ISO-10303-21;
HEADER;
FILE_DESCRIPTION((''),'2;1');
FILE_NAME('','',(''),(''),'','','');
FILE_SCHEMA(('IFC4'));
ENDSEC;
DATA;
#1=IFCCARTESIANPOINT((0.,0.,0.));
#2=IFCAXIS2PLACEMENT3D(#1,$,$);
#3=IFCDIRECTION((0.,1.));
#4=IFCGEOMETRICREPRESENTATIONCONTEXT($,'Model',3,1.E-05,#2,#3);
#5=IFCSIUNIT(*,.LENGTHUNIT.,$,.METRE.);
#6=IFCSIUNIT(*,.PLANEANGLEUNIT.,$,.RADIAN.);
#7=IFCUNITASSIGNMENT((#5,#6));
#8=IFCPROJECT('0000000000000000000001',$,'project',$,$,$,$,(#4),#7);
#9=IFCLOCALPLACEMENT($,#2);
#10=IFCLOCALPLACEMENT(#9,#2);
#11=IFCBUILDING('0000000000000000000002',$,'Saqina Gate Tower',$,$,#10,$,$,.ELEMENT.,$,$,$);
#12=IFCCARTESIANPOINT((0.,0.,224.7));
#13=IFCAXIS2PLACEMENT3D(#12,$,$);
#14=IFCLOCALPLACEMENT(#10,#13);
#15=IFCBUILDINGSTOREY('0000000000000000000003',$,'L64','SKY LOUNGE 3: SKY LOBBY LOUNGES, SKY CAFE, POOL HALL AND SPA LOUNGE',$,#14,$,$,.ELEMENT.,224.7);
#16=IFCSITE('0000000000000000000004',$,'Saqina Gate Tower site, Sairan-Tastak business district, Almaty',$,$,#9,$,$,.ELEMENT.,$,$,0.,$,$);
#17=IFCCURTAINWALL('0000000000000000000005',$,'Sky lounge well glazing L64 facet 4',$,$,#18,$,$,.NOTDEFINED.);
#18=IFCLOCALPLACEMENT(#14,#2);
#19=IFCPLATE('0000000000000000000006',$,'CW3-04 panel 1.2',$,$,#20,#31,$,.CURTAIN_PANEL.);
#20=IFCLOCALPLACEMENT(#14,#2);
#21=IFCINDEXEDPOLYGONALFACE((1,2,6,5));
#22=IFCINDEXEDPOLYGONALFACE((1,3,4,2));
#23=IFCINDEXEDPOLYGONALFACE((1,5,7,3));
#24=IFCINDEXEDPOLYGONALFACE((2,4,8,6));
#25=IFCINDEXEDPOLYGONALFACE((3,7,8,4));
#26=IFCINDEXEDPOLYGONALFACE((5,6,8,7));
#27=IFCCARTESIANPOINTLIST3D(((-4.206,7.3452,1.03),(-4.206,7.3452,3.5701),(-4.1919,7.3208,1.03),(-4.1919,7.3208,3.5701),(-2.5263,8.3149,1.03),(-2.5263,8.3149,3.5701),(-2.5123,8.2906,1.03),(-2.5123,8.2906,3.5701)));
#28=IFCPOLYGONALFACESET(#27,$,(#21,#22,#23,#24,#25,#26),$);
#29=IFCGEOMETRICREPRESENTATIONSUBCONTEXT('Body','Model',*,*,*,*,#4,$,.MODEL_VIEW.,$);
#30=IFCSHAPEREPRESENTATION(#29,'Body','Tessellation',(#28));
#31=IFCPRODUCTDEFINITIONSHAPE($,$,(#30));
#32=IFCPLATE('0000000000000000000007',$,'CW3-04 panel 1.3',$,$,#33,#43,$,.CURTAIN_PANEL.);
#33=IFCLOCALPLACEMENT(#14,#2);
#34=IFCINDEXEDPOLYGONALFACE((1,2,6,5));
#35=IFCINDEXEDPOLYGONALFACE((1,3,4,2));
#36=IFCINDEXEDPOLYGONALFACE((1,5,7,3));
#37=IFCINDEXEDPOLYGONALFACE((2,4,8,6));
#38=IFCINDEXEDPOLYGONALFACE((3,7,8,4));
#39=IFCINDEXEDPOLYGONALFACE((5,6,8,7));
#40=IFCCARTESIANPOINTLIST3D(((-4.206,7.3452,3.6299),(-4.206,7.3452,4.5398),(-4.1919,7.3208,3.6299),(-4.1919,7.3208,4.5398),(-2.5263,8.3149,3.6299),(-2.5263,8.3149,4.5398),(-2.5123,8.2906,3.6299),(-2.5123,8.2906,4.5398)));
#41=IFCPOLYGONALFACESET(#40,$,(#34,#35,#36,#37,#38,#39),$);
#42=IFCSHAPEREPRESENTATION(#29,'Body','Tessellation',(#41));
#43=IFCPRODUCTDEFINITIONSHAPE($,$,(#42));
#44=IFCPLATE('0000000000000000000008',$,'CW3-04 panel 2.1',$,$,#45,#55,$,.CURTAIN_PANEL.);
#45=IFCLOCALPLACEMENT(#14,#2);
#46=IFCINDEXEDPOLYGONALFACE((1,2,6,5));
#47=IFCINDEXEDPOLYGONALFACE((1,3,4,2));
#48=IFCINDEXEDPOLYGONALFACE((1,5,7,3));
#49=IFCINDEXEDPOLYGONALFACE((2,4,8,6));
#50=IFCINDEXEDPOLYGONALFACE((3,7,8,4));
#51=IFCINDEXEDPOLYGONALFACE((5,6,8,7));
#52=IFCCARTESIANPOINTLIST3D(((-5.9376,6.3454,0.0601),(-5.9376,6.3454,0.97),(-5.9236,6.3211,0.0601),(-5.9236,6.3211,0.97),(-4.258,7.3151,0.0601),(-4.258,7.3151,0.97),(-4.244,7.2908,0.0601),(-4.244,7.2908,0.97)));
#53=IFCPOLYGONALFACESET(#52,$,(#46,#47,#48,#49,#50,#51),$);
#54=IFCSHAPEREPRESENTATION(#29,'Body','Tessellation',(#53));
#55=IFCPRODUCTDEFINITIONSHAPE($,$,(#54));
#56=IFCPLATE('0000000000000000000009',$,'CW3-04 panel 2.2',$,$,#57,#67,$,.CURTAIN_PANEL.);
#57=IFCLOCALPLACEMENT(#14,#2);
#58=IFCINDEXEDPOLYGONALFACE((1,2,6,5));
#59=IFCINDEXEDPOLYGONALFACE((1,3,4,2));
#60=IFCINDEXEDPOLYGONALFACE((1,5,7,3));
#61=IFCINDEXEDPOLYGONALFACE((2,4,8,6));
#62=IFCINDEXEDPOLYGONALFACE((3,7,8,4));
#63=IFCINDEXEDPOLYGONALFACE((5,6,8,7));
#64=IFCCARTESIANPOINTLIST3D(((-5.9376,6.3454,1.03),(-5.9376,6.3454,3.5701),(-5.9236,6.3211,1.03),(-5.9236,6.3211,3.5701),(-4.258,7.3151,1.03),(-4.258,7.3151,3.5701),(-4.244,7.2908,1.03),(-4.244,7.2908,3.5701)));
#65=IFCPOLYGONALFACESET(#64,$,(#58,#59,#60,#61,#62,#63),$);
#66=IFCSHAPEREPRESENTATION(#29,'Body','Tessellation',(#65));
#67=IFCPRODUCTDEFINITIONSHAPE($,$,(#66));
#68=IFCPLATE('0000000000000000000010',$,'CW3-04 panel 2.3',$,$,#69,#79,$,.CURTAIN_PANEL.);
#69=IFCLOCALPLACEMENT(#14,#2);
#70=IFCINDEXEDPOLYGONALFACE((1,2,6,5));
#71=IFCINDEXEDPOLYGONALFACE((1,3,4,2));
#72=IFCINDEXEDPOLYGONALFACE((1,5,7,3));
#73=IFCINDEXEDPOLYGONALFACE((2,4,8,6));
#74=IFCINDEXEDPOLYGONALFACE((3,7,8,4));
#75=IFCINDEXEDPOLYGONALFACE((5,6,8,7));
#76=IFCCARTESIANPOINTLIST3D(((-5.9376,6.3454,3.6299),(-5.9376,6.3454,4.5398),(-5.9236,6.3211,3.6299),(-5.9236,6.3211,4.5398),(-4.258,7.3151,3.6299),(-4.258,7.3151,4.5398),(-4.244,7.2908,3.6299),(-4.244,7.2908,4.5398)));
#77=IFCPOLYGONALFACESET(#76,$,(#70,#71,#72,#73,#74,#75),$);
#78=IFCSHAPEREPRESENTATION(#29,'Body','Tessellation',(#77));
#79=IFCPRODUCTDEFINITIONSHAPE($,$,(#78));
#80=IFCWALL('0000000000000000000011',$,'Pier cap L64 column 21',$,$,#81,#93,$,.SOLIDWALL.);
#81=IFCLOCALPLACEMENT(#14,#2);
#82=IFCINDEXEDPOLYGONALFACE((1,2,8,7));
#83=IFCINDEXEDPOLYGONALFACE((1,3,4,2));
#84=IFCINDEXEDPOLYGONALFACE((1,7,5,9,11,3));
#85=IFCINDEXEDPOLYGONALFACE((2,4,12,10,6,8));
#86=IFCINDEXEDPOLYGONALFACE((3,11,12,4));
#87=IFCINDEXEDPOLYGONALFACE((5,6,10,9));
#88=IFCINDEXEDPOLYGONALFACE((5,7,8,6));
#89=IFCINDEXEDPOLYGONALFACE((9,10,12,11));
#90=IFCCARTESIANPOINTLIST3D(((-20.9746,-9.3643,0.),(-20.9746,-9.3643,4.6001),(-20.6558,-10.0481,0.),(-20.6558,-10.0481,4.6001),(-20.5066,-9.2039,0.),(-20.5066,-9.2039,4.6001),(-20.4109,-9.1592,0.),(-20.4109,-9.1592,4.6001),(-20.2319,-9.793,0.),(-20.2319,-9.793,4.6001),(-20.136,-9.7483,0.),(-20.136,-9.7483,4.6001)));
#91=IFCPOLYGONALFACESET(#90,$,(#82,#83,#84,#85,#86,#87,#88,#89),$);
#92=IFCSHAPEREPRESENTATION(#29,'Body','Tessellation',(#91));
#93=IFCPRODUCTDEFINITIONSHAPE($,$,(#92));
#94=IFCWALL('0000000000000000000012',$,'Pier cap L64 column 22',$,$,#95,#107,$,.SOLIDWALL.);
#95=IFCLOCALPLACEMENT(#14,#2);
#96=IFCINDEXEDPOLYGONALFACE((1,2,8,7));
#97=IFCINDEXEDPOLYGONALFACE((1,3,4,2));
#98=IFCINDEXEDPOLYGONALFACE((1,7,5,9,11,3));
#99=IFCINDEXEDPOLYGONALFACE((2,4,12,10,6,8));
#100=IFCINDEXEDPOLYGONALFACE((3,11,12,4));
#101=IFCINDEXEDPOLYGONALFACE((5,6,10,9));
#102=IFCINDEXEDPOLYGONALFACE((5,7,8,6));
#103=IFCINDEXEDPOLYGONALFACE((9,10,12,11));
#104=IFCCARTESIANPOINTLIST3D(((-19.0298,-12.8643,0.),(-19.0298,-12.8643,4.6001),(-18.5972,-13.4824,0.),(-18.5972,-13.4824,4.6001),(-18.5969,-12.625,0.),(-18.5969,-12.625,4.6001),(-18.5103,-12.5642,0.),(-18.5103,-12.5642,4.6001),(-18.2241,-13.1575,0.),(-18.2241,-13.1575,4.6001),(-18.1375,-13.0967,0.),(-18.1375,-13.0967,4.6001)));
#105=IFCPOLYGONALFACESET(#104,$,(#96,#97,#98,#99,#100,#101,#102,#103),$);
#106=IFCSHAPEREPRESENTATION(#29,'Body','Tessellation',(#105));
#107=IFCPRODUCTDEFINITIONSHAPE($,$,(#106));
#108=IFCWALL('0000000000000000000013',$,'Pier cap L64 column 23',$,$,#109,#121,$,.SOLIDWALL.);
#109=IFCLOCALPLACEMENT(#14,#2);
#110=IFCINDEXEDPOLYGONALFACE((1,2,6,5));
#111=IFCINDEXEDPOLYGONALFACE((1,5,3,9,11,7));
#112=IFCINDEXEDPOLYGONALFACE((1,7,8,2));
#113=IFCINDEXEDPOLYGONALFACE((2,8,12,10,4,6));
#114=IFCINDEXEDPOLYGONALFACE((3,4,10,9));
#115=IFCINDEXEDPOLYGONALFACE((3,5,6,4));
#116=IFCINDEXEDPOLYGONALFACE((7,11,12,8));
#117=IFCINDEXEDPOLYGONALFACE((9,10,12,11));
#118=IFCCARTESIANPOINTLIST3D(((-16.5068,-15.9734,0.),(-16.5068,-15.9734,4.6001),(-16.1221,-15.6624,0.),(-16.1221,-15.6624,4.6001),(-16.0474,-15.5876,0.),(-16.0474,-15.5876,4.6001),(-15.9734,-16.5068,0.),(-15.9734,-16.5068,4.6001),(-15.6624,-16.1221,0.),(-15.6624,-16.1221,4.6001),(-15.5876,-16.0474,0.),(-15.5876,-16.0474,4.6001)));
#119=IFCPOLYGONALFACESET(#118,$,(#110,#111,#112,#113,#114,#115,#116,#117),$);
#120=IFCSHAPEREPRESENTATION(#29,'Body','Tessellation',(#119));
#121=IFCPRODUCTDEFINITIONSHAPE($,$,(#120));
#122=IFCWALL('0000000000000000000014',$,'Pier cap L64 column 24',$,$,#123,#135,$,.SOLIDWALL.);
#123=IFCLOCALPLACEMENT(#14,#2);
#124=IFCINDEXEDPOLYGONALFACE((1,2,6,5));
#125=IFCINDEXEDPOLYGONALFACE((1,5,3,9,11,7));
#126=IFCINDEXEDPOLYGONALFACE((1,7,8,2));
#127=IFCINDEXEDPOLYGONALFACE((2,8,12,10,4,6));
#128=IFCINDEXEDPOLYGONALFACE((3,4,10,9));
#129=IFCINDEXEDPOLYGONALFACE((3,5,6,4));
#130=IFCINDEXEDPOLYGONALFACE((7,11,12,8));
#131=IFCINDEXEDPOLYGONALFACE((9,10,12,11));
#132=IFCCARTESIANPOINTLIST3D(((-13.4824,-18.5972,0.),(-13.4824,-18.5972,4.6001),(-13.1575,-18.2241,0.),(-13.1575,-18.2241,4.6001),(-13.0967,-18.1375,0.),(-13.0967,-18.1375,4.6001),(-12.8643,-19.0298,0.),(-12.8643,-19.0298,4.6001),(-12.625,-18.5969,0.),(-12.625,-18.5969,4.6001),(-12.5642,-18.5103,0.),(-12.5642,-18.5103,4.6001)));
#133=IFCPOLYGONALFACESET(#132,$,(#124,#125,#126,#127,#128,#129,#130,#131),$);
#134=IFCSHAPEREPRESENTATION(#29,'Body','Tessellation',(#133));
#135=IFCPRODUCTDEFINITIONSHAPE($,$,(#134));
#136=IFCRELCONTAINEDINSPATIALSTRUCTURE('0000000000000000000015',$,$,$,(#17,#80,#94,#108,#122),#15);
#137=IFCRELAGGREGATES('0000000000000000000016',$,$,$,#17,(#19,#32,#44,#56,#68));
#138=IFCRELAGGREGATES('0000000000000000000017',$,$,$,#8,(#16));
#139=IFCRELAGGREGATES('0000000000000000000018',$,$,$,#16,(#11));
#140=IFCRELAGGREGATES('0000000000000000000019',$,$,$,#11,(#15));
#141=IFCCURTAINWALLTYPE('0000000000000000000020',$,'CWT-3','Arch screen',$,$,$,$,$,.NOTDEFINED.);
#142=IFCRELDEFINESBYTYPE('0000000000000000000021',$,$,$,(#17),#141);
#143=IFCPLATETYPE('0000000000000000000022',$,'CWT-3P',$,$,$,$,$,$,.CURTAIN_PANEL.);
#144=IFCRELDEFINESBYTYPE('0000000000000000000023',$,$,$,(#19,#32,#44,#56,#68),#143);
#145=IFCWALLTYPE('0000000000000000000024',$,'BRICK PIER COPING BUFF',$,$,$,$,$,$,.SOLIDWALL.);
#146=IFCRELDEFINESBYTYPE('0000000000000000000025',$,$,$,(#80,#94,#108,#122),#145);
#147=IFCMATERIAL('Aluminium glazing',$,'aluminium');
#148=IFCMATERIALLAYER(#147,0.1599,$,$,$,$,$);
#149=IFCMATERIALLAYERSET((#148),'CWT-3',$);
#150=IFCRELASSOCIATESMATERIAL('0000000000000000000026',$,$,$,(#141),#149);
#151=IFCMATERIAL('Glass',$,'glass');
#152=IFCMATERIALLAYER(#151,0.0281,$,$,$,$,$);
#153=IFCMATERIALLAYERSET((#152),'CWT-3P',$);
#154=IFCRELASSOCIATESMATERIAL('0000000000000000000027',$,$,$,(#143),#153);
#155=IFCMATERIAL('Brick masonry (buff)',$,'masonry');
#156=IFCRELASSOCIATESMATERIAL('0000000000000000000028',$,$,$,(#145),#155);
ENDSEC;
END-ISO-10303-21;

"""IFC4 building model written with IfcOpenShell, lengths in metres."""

from ifc_helpers import new_model, si_unit, direction, frame, origin, origin_2d, place, context, subcontext, project, spatial, polyline, rectangle, outline, extrude, material, layer, layer_set, type_object, element, aggregate, save


model = new_model("IFC4")

# Units and contexts
model_context = context("Model", 3, precision=1e-05, world=origin(), true_north=direction((0.0, 1.0)))
body_context = subcontext(model_context, "Body", "Model", "MODEL_VIEW")
ifc_project = project(units=[si_unit("LENGTHUNIT", "METRE"), si_unit("PLANEANGLEUNIT", "RADIAN")], contexts=[model_context])

# Site, building, storey
site_placement = place(None, origin())
site = spatial("IfcSite", under=ifc_project, at=site_placement, Name="Saqina Gate Tower site, Sairan-Tastak business district, Almaty", CompositionType="ELEMENT", RefElevation=0.0)
building_placement = place(site_placement, origin())
building = spatial("IfcBuilding", under=site, at=building_placement, Name="Saqina Gate Tower", CompositionType="ELEMENT")
storey_placement = place(building_placement, frame((0.0, 0.0, 224.7)))
storey = spatial("IfcBuildingStorey", under=building, at=storey_placement, Name="L64", Description="SKY LOUNGE 3: SKY LOBBY LOUNGES, SKY CAFE, POOL HALL AND SPA LOUNGE", CompositionType="ELEMENT", Elevation=224.7)

# Curtain wall
ifc_material_1 = material(Name="Aluminium glazing", Category="aluminium")
ifc_layer_1 = layer(ifc_material_1, 0.1599)
ifc_layer_set_1 = layer_set([ifc_layer_1], Name="CWT-3")
curtain_wall_type = type_object("IfcCurtainWallType", Name="CWT-3", Description="Arch screen", PredefinedType="NOTDEFINED", material=ifc_layer_set_1)
curtain_wall_1_placement = place(storey_placement, origin())
curtain_wall_1 = element("IfcCurtainWall", 1, at=curtain_wall_1_placement, inside=storey, type_object=curtain_wall_type, Name="Sky lounge well glazing L64 facet 4", PredefinedType="NOTDEFINED")

# Plates
ifc_material_2 = material(Name="Glass", Category="glass")
ifc_layer_2 = layer(ifc_material_2, 0.0281)
ifc_layer_set_2 = layer_set([ifc_layer_2], Name="CWT-3P")
plate_type = type_object("IfcPlateType", Name="CWT-3P", PredefinedType="CURTAIN_PANEL", material=ifc_layer_set_2)
plate_1_placement = place(storey_placement, frame((-3.3591, 7.8179, 1.03), z_axis=(0.0, 0.0, 1.0), x_axis=(-0.866024, -0.500003, 0.0)))
plate_1 = element("IfcPlate", 2, at=plate_1_placement, type_object=plate_type, Name="CW3-04 panel 1.2", PredefinedType="CURTAIN_PANEL", context=body_context, shape_type="SweptSolid", body=[
    extrude(rectangle(XDim=1.9395, YDim=0.0281, at=origin_2d()), origin(), (0.0, 0.0, 1.0), 2.54),
])
plate_2_placement = place(storey_placement, frame((-3.3591, 7.8179, 3.6299), z_axis=(0.0, 0.0, 1.0), x_axis=(-0.866024, -0.500003, 0.0)))
plate_2 = element("IfcPlate", 3, at=plate_2_placement, type_object=plate_type, Name="CW3-04 panel 1.3", PredefinedType="CURTAIN_PANEL", context=body_context, shape_type="SweptSolid", body=[
    extrude(rectangle(XDim=1.9395, YDim=0.0281, at=origin_2d()), origin(), (0.0, 0.0, 1.0), 0.9099),
])
plate_3_placement = place(storey_placement, frame((-5.0908, 6.8181, 0.0601), z_axis=(0.0, 0.0, 1.0), x_axis=(-0.866024, -0.500003, 0.0)))
plate_3 = element("IfcPlate", 4, at=plate_3_placement, type_object=plate_type, Name="CW3-04 panel 2.1", PredefinedType="CURTAIN_PANEL", context=body_context, shape_type="SweptSolid", body=[
    extrude(rectangle(XDim=1.9395, YDim=0.0281, at=origin_2d()), origin(), (0.0, 0.0, 1.0), 0.9099),
])
plate_4_placement = place(storey_placement, frame((-5.0908, 6.8181, 1.03), z_axis=(0.0, 0.0, 1.0), x_axis=(-0.866024, -0.500003, 0.0)))
plate_4 = element("IfcPlate", 5, at=plate_4_placement, type_object=plate_type, Name="CW3-04 panel 2.2", PredefinedType="CURTAIN_PANEL", context=body_context, shape_type="SweptSolid", body=[
    extrude(rectangle(XDim=1.9395, YDim=0.0281, at=origin_2d()), origin(), (0.0, 0.0, 1.0), 2.54),
])
plate_5_placement = place(storey_placement, frame((-5.0908, 6.8181, 3.6299), z_axis=(0.0, 0.0, 1.0), x_axis=(-0.866024, -0.500003, 0.0)))
plate_5 = element("IfcPlate", 6, at=plate_5_placement, type_object=plate_type, Name="CW3-04 panel 2.3", PredefinedType="CURTAIN_PANEL", context=body_context, shape_type="SweptSolid", body=[
    extrude(rectangle(XDim=1.9395, YDim=0.0281, at=origin_2d()), origin(), (0.0, 0.0, 1.0), 0.9099),
])
aggregate(curtain_wall_1, [plate_1, plate_2, plate_3, plate_4, plate_5])

# Walls
ifc_material_3 = material(Name="Brick masonry (buff)", Category="masonry")
wall_type = type_object("IfcWallType", Name="BRICK PIER COPING BUFF", PredefinedType="SOLIDWALL", material=ifc_material_3)
wall_1_placement = place(storey_placement, origin())
element("IfcWall", 7, at=wall_1_placement, inside=storey, type_object=wall_type, Name="Pier cap L64 column 21", PredefinedType="SOLIDWALL", context=body_context, shape_type="SweptSolid", body=[
    extrude(outline(polyline([(-20.9746, -9.3643), (-20.6558, -10.0481), (-20.136, -9.7483), (-20.2319, -9.793), (-20.5066, -9.2039), (-20.4109, -9.1592), (-20.9746, -9.3643)])), origin(), (0.0, 0.0, 1.0), 4.6001),
])
wall_2_placement = place(storey_placement, origin())
element("IfcWall", 8, at=wall_2_placement, inside=storey, type_object=wall_type, Name="Pier cap L64 column 22", PredefinedType="SOLIDWALL", context=body_context, shape_type="SweptSolid", body=[
    extrude(outline(polyline([(-19.0298, -12.8643), (-18.5972, -13.4824), (-18.1375, -13.0967), (-18.2241, -13.1575), (-18.5969, -12.625), (-18.5103, -12.5642), (-19.0298, -12.8643)])), origin(), (0.0, 0.0, 1.0), 4.6001),
])
wall_3_placement = place(storey_placement, origin())
element("IfcWall", 9, at=wall_3_placement, inside=storey, type_object=wall_type, Name="Pier cap L64 column 23", PredefinedType="SOLIDWALL", context=body_context, shape_type="SweptSolid", body=[
    extrude(outline(polyline([(-15.9734, -16.5068), (-15.5876, -16.0474), (-15.6624, -16.1221), (-16.1221, -15.6624), (-16.0474, -15.5876), (-16.5068, -15.9734), (-15.9734, -16.5068)])), origin(), (0.0, 0.0, 1.0), 4.6001),
])
wall_4_placement = place(storey_placement, origin())
element("IfcWall", 10, at=wall_4_placement, inside=storey, type_object=wall_type, Name="Pier cap L64 column 24", PredefinedType="SOLIDWALL", context=body_context, shape_type="SweptSolid", body=[
    extrude(outline(polyline([(-12.8643, -19.0298), (-12.5642, -18.5103), (-12.625, -18.5969), (-13.1575, -18.2241), (-13.0967, -18.1375), (-13.4824, -18.5972), (-12.8643, -19.0298)])), origin(), (0.0, 0.0, 1.0), 4.6001),
])

save(model, "model.ifc")
